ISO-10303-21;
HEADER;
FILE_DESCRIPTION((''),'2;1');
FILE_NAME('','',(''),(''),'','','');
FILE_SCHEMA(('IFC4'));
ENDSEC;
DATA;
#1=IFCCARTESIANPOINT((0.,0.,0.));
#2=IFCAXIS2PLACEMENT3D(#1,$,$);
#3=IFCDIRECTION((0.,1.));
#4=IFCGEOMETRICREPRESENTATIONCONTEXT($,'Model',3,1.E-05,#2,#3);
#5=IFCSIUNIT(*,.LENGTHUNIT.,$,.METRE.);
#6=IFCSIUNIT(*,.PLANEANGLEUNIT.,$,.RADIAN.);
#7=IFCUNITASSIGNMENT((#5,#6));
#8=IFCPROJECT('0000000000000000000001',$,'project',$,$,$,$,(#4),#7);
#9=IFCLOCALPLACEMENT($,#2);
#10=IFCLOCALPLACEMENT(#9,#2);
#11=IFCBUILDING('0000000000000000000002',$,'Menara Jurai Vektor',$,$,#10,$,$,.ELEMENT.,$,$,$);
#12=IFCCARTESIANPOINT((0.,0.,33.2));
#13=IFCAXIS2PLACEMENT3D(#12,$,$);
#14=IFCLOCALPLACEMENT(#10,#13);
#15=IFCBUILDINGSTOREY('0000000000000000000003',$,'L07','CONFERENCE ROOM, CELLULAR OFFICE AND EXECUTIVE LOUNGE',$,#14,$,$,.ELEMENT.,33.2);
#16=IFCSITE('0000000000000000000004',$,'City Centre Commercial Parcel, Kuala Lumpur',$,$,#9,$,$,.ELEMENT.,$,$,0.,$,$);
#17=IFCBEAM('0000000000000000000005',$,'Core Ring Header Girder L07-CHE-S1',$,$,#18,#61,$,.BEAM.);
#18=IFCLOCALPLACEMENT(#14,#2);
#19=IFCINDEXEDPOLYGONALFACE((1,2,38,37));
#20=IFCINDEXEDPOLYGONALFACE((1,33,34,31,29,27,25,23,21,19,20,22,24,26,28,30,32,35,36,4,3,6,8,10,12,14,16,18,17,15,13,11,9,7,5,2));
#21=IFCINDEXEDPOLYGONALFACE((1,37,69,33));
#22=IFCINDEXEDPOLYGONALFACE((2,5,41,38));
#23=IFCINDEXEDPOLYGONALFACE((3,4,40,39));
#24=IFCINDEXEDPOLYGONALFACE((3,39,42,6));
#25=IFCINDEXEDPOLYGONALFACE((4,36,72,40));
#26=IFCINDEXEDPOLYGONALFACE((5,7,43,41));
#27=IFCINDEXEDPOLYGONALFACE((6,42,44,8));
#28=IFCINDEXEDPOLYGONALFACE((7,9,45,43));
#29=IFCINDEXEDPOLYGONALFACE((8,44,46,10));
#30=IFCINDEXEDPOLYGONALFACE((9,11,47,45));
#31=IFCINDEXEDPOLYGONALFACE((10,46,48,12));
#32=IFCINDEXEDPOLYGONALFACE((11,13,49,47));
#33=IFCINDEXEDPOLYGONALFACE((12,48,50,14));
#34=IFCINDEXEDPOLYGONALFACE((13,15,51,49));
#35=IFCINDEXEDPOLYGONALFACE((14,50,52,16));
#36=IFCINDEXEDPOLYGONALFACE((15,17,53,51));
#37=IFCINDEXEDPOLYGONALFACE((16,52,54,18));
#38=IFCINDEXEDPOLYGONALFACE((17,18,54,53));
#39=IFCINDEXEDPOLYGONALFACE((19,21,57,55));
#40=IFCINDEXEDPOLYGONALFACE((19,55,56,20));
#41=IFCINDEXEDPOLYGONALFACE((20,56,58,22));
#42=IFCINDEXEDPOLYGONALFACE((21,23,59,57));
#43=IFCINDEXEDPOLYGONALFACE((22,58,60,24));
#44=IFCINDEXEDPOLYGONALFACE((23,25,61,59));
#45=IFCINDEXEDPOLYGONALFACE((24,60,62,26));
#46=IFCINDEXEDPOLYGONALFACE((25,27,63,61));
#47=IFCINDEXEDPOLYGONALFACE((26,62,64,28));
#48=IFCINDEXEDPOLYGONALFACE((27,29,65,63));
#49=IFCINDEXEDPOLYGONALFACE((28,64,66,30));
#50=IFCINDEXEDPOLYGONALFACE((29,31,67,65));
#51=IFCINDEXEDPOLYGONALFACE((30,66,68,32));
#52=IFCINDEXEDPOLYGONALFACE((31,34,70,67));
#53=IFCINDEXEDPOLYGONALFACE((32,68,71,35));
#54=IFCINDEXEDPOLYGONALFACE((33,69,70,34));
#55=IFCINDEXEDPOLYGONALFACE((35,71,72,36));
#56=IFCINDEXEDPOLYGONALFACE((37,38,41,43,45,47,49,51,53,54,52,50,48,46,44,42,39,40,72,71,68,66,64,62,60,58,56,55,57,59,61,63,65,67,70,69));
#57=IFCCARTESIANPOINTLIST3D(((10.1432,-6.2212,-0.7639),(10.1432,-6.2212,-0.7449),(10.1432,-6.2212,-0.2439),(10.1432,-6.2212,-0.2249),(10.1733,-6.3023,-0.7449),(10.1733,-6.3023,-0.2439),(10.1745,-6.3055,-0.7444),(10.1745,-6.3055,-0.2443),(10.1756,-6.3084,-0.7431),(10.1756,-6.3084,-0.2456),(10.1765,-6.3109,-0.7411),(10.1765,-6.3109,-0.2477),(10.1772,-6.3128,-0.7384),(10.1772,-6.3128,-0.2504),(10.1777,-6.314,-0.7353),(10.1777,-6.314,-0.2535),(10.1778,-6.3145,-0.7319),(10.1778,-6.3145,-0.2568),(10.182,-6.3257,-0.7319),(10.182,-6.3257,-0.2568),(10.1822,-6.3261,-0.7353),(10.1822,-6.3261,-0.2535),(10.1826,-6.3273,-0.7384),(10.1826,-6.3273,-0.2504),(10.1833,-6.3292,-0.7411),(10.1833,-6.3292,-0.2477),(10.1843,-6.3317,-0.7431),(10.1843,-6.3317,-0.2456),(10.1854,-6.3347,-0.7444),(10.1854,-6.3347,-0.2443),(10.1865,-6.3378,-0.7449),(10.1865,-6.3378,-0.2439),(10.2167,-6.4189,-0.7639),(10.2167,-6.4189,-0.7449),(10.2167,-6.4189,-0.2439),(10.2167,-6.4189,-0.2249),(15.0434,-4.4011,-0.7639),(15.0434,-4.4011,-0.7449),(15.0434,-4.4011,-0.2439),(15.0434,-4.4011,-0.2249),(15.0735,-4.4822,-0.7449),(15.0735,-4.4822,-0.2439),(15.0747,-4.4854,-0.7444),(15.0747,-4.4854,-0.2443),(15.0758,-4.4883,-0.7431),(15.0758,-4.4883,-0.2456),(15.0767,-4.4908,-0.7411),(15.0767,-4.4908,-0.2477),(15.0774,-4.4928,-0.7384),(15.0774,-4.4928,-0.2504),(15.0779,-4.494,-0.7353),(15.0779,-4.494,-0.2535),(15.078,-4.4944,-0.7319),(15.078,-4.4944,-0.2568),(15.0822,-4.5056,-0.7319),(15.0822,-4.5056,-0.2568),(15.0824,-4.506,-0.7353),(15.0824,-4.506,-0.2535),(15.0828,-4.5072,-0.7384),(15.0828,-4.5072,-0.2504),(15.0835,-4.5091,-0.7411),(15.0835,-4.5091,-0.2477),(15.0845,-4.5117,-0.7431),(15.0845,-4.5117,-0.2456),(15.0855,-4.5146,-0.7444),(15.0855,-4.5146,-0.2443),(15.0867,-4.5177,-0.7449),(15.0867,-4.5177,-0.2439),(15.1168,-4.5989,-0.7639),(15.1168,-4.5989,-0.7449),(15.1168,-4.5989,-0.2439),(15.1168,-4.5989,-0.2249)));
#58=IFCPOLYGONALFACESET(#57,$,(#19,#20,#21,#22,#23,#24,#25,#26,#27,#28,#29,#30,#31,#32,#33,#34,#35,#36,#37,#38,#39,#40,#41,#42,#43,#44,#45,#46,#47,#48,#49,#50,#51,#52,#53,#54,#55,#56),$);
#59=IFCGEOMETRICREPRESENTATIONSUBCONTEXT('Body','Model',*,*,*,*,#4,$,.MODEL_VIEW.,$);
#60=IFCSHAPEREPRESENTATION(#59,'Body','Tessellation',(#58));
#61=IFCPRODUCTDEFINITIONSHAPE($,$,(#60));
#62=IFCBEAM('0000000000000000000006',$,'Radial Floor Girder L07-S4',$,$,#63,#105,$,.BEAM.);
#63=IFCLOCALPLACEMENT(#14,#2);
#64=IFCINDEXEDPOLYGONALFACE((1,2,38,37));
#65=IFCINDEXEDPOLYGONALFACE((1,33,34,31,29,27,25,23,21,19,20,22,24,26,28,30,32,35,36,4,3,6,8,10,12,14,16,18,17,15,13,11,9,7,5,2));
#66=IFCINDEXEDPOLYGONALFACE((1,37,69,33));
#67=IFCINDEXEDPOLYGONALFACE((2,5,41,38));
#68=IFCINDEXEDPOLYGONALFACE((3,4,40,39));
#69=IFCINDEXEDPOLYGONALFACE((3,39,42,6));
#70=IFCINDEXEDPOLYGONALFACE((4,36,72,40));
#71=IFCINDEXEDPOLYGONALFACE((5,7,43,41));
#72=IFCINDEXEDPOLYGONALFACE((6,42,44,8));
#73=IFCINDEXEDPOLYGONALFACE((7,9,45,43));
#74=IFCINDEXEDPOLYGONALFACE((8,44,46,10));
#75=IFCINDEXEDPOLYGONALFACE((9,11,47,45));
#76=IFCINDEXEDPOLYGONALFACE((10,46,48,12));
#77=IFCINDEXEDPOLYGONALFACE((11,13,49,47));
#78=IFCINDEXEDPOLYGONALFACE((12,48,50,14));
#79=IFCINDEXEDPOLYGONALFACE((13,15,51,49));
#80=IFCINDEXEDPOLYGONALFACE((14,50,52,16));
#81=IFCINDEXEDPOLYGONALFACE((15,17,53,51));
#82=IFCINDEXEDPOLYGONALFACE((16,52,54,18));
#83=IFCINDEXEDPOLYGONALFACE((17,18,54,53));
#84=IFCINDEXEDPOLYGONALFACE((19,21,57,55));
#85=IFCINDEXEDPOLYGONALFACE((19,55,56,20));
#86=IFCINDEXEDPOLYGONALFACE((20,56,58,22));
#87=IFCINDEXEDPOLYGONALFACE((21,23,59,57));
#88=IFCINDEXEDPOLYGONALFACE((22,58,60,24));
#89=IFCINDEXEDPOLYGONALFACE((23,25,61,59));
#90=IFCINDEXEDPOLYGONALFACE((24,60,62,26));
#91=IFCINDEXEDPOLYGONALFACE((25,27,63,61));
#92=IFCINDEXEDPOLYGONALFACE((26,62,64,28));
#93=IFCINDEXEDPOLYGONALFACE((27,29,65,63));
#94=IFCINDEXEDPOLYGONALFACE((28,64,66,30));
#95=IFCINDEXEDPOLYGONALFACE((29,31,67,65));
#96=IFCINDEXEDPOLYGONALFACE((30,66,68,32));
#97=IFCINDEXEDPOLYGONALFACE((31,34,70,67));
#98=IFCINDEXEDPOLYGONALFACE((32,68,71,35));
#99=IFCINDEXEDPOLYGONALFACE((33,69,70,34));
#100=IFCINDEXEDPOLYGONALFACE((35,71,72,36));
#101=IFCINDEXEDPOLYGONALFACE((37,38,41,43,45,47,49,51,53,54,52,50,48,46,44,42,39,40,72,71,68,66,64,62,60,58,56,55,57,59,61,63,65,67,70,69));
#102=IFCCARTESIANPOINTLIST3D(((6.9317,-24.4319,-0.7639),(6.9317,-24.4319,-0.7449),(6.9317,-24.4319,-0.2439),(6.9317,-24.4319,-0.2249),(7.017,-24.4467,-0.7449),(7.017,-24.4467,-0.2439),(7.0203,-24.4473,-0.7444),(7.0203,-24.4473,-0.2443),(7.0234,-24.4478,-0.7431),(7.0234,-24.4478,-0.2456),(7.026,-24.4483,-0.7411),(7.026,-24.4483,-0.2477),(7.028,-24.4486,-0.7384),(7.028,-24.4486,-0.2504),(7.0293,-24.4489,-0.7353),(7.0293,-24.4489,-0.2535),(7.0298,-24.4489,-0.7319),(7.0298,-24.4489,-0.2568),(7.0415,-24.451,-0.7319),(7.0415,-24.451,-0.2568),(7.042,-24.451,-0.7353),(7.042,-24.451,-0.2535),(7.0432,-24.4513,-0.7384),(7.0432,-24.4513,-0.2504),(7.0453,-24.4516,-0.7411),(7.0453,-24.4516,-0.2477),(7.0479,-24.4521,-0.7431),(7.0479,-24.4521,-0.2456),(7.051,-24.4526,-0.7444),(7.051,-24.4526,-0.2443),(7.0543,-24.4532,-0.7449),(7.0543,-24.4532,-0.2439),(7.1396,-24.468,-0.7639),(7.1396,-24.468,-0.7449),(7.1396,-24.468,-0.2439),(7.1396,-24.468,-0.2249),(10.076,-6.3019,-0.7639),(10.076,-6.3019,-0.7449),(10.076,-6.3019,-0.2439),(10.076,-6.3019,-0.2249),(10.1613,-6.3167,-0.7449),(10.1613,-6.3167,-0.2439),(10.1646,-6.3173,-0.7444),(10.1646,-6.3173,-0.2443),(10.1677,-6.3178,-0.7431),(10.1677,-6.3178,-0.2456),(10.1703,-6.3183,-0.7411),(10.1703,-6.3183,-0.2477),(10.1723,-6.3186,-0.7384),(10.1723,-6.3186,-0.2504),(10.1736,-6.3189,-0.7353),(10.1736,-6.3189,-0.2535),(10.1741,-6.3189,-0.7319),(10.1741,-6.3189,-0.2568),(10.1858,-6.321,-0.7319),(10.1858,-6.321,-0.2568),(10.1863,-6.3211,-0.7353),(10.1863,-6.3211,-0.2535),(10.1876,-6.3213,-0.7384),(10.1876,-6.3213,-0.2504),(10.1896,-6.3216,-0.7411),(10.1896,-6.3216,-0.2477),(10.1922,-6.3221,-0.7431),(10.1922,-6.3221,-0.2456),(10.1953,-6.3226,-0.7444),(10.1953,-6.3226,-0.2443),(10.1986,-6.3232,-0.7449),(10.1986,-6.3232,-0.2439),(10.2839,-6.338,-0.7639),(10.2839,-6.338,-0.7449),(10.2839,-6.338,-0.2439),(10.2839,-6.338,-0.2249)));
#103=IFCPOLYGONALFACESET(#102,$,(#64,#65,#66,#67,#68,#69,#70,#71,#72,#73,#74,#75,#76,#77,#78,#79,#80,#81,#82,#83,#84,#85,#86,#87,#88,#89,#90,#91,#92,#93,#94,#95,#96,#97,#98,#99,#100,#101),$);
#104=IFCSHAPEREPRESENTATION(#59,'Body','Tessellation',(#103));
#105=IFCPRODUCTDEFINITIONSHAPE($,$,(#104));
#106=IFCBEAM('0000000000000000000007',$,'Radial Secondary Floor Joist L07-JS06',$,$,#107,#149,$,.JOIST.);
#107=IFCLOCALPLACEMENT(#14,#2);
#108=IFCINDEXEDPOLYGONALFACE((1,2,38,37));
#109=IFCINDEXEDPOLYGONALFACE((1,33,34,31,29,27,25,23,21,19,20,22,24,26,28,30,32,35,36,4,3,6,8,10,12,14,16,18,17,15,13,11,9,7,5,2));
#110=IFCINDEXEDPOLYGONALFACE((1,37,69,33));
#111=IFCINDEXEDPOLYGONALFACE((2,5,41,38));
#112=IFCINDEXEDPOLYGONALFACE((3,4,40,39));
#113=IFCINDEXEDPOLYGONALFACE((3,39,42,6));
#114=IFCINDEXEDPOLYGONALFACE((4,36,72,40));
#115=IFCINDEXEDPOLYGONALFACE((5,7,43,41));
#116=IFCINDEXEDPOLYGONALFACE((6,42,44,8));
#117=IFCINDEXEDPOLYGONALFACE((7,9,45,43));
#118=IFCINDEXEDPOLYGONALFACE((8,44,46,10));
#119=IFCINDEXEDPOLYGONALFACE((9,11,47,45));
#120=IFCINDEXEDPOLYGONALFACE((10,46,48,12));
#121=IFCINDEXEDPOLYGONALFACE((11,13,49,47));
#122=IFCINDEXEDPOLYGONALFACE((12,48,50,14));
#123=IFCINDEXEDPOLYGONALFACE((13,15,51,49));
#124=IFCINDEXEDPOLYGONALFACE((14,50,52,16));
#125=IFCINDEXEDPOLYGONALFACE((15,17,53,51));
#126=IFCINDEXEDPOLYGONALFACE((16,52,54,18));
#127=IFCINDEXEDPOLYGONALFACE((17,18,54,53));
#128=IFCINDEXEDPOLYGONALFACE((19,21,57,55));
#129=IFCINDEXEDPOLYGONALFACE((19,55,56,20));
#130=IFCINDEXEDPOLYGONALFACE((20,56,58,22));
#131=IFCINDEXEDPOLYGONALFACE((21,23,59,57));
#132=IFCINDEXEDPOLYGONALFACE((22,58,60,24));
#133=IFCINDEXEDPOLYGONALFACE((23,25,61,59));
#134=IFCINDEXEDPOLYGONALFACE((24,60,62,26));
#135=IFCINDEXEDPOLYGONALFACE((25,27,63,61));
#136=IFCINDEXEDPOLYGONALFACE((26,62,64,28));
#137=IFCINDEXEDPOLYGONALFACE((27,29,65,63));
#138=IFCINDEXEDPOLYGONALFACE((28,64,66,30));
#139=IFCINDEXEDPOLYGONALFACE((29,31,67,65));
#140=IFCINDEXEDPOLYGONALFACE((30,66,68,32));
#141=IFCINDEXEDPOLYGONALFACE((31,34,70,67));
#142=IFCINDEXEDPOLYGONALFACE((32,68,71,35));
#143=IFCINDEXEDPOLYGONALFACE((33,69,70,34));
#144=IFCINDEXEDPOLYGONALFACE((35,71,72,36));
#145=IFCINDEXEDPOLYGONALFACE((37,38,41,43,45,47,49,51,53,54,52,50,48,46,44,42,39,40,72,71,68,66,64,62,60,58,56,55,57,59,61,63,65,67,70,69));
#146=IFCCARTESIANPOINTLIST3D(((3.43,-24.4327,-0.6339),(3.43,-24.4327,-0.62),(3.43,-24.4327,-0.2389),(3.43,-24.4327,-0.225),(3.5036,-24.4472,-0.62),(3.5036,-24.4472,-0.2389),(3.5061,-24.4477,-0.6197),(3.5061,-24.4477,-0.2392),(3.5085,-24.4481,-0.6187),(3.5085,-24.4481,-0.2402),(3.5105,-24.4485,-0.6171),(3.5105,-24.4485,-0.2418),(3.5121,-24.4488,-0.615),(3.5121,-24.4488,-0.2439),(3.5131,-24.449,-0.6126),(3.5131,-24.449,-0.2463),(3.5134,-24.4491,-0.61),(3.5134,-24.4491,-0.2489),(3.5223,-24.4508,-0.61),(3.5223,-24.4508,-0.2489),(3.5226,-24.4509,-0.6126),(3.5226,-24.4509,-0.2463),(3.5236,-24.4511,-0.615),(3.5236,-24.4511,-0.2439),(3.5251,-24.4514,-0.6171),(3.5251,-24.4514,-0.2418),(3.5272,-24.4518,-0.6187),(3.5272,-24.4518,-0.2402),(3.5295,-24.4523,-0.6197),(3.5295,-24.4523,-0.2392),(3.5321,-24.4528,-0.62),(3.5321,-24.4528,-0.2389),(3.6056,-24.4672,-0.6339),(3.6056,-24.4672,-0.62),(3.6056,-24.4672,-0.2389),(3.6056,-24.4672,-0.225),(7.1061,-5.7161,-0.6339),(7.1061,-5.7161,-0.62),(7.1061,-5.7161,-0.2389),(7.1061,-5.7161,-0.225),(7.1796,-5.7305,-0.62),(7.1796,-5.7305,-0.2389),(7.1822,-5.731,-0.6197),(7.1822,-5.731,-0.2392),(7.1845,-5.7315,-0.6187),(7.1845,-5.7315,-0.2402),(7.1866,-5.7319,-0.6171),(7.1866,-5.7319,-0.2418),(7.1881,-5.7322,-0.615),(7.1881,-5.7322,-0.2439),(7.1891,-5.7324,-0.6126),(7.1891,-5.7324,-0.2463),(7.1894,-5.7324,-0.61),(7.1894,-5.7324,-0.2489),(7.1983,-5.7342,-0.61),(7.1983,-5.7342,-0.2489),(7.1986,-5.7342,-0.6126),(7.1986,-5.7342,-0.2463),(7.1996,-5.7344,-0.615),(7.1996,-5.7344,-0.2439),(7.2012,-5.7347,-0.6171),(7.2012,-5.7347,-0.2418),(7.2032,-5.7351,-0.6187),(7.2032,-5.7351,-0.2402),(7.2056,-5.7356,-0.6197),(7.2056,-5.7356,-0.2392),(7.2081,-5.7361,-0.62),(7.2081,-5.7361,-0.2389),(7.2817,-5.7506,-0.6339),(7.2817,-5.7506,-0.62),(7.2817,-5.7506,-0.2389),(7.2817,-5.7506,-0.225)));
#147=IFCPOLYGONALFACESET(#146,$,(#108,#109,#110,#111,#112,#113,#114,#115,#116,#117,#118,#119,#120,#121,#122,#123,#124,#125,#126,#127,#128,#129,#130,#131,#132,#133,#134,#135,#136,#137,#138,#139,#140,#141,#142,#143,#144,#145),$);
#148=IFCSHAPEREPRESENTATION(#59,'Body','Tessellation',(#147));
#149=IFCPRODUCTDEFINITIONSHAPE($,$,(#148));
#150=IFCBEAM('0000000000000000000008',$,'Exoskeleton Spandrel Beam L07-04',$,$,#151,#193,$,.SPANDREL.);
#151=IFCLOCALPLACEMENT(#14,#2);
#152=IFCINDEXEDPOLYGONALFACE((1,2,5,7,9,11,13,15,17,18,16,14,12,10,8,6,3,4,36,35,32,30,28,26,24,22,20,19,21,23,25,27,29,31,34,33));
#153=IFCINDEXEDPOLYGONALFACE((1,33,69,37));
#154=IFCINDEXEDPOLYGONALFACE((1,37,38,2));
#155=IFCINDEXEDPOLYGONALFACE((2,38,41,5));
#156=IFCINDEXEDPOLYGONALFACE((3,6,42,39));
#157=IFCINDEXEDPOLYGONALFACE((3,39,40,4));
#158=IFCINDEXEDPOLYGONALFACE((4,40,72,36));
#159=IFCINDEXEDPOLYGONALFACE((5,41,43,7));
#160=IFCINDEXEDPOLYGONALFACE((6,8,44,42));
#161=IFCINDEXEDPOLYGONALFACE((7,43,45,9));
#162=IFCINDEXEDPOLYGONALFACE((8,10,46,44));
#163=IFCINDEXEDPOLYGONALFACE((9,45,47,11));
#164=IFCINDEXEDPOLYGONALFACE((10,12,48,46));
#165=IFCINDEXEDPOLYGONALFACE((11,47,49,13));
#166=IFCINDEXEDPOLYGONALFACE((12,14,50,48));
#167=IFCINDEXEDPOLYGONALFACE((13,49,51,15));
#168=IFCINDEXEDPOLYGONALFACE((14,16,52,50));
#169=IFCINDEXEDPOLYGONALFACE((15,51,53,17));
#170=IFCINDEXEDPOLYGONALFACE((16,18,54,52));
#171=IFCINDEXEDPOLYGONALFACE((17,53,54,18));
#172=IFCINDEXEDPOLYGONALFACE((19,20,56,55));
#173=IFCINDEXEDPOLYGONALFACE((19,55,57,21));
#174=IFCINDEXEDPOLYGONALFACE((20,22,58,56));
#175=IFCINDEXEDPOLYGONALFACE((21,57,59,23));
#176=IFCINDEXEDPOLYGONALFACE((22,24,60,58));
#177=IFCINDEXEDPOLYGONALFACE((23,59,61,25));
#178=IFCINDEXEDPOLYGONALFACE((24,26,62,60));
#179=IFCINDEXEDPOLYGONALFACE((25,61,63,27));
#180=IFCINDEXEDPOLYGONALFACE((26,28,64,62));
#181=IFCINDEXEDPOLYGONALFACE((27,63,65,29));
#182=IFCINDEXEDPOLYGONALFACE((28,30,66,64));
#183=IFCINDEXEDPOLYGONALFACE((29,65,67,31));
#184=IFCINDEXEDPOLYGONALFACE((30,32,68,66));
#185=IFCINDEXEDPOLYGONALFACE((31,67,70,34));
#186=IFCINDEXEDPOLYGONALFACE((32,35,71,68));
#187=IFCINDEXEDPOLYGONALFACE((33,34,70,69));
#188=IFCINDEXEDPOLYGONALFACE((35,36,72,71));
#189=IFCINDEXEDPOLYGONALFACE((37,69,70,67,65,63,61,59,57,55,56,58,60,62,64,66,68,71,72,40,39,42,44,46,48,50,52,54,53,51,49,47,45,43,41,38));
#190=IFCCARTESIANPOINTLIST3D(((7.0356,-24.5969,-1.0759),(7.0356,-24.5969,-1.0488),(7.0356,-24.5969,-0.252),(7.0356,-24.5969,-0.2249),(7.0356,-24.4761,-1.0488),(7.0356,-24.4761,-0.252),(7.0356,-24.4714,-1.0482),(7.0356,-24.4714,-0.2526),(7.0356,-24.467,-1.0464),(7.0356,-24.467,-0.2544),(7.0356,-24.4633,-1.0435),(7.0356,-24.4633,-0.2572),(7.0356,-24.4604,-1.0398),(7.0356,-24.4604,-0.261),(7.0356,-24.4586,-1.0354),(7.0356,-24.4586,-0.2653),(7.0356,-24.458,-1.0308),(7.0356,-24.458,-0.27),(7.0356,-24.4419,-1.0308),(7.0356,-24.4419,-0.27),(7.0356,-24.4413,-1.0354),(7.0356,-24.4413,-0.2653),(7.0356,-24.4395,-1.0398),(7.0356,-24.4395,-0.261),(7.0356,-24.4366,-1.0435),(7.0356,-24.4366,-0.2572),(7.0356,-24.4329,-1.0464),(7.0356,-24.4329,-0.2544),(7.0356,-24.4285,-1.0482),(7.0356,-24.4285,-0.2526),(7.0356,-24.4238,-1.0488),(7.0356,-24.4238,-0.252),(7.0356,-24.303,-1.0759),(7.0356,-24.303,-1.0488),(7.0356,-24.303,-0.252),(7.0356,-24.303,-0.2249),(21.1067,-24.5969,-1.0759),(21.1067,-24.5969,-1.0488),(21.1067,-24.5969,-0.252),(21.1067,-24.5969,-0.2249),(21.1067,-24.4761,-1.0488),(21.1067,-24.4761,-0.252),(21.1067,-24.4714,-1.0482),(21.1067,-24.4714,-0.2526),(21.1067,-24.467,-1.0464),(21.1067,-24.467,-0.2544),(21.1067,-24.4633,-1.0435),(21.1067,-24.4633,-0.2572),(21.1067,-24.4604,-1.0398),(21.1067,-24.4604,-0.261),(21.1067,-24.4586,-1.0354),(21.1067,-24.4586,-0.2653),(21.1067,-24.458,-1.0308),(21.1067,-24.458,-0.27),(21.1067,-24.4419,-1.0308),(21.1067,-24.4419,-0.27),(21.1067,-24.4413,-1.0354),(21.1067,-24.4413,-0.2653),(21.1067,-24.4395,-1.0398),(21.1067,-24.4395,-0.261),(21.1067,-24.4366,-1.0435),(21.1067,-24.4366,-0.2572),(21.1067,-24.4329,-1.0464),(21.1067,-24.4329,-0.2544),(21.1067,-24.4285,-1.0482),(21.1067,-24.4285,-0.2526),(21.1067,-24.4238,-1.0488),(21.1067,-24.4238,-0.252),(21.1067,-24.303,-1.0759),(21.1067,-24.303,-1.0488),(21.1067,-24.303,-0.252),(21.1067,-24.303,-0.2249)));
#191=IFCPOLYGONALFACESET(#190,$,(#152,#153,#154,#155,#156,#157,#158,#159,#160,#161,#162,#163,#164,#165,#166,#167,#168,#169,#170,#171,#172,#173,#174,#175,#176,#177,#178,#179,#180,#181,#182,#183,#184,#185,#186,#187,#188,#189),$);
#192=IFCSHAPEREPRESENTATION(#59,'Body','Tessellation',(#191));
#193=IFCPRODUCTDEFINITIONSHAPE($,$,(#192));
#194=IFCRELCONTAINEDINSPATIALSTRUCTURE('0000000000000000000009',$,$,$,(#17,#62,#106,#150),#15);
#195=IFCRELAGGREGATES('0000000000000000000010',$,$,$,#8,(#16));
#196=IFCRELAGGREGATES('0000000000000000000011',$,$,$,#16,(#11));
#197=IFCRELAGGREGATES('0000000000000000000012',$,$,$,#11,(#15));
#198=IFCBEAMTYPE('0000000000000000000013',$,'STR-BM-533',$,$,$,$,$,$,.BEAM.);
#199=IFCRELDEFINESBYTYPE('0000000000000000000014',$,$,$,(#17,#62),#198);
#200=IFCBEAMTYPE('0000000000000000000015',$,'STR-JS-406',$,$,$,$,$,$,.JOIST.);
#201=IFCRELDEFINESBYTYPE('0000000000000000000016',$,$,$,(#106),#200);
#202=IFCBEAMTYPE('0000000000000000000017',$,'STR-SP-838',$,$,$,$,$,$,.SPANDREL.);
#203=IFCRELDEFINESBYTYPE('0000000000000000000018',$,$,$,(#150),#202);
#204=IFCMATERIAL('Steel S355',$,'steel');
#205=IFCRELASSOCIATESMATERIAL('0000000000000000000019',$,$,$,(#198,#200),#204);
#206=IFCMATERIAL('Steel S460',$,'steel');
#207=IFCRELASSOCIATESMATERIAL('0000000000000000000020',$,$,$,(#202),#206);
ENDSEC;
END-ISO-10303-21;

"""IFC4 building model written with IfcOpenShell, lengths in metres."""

from ifc_helpers import new_model, si_unit, direction, frame, origin, origin_2d, place, context, subcontext, project, spatial, i_section, extrude, material, material_profile, profile_set, type_object, element, save


model = new_model("IFC4")

# Units and contexts
model_context = context("Model", 3, precision=1e-05, world=origin(), true_north=direction((0.0, 1.0)))
body_context = subcontext(model_context, "Body", "Model", "MODEL_VIEW")
ifc_project = project(units=[si_unit("LENGTHUNIT", "METRE"), si_unit("PLANEANGLEUNIT", "RADIAN")], contexts=[model_context])

# Site, building, storey
site_placement = place(None, origin())
site = spatial("IfcSite", under=ifc_project, at=site_placement, Name="City Centre Commercial Parcel, Kuala Lumpur", CompositionType="ELEMENT", RefElevation=0.0)
building_placement = place(site_placement, origin())
building = spatial("IfcBuilding", under=site, at=building_placement, Name="Menara Jurai Vektor", CompositionType="ELEMENT")
storey_placement = place(building_placement, frame((0.0, 0.0, 33.2)))
storey = spatial("IfcBuildingStorey", under=building, at=storey_placement, Name="L07", Description="CONFERENCE ROOM, CELLULAR OFFICE AND EXECUTIVE LOUNGE", CompositionType="ELEMENT", Elevation=33.2)

# Shared definitions
ifc_material_1 = material(Name="Steel S460", Category="steel")

# Beams
ifc_material_2 = material(Name="Steel S355", Category="steel")
ifc_material_profile_1 = material_profile(ifc_material_2, i_section(OverallWidth=0.2109, OverallDepth=0.5391, WebThickness=0.012, FlangeThickness=0.019, FilletRadius=0.0129, at=origin_2d()), Name="UKB 533x210x109")
ifc_profile_set_1 = profile_set([ifc_material_profile_1], Name="Steel S355")
beam_type_1 = type_object("IfcBeamType", Name="STR-BM-533", PredefinedType="BEAM", material=ifc_profile_set_1)
beam_1_placement = place(storey_placement, frame((10.1799, -6.3201, -0.4944), z_axis=(0.937424, 0.348189, 0.0), x_axis=(-0.348189, 0.937424, 0.0)))
element("IfcBeam", 1, at=beam_1_placement, inside=storey, type_object=beam_type_1, Name="Core Ring Header Girder L07-CHE-S1", PredefinedType="BEAM", context=body_context, shape_type="SweptSolid", body=[
    extrude(i_section(OverallWidth=0.2109, OverallDepth=0.5391, WebThickness=0.012, FlangeThickness=0.019, FilletRadius=0.0129, at=origin_2d()), origin(), (0.0, 0.0, 1.0), 5.2273),
])
beam_2_placement = place(storey_placement, frame((7.0356, -24.45, -0.4944), z_axis=(0.17088, 0.985292, 0.0), x_axis=(-0.985292, 0.17088, 0.0)))
element("IfcBeam", 2, at=beam_2_placement, inside=storey, type_object=beam_type_1, Name="Radial Floor Girder L07-S4", PredefinedType="BEAM", context=body_context, shape_type="SweptSolid", body=[
    extrude(i_section(OverallWidth=0.2109, OverallDepth=0.5391, WebThickness=0.012, FlangeThickness=0.019, FilletRadius=0.0129, at=origin_2d()), origin(), (0.0, 0.0, 1.0), 18.4006),
])
ifc_material_profile_2 = material_profile(ifc_material_2, i_section(OverallWidth=0.179, OverallDepth=0.4089, WebThickness=0.009, FlangeThickness=0.0139, FilletRadius=0.01, at=origin_2d()), Name="UKB 406x178x67")
ifc_profile_set_2 = profile_set([ifc_material_profile_2], Name="Steel S355")
beam_type_2 = type_object("IfcBeamType", Name="STR-JS-406", PredefinedType="JOIST", material=ifc_profile_set_2)
beam_3_placement = place(storey_placement, frame((3.5178, -24.45, -0.4294), z_axis=(0.192723, 0.981253, 0.0), x_axis=(-0.981253, 0.192723, 0.0)))
element("IfcBeam", 3, at=beam_3_placement, inside=storey, type_object=beam_type_2, Name="Radial Secondary Floor Joist L07-JS06", PredefinedType="JOIST", context=body_context, shape_type="SweptSolid", body=[
    extrude(i_section(OverallWidth=0.179, OverallDepth=0.4089, WebThickness=0.009, FlangeThickness=0.0139, FilletRadius=0.01, at=origin_2d()), origin(), (0.0, 0.0, 1.0), 19.0742),
])
ifc_material_profile_3 = material_profile(ifc_material_1, i_section(OverallWidth=0.2939, OverallDepth=0.8511, WebThickness=0.0161, FlangeThickness=0.0271, FilletRadius=0.0181, at=origin_2d()), Name="UKB 838x292x226")
ifc_profile_set_3 = profile_set([ifc_material_profile_3], Name="Steel S460")
beam_type_3 = type_object("IfcBeamType", Name="STR-SP-838", PredefinedType="SPANDREL", material=ifc_profile_set_3)
beam_4_placement = place(storey_placement, frame((7.0356, -24.45, -0.6504), z_axis=(1.0, 0.0, 0.0), x_axis=(0.0, 1.0, 0.0)))
element("IfcBeam", 4, at=beam_4_placement, inside=storey, type_object=beam_type_3, Name="Exoskeleton Spandrel Beam L07-04", PredefinedType="SPANDREL", context=body_context, shape_type="SweptSolid", body=[
    extrude(i_section(OverallWidth=0.2939, OverallDepth=0.8511, WebThickness=0.0161, FlangeThickness=0.0271, FilletRadius=0.0181, at=origin_2d()), origin(), (0.0, 0.0, 1.0), 14.071),
])

save(model, "model.ifc")
